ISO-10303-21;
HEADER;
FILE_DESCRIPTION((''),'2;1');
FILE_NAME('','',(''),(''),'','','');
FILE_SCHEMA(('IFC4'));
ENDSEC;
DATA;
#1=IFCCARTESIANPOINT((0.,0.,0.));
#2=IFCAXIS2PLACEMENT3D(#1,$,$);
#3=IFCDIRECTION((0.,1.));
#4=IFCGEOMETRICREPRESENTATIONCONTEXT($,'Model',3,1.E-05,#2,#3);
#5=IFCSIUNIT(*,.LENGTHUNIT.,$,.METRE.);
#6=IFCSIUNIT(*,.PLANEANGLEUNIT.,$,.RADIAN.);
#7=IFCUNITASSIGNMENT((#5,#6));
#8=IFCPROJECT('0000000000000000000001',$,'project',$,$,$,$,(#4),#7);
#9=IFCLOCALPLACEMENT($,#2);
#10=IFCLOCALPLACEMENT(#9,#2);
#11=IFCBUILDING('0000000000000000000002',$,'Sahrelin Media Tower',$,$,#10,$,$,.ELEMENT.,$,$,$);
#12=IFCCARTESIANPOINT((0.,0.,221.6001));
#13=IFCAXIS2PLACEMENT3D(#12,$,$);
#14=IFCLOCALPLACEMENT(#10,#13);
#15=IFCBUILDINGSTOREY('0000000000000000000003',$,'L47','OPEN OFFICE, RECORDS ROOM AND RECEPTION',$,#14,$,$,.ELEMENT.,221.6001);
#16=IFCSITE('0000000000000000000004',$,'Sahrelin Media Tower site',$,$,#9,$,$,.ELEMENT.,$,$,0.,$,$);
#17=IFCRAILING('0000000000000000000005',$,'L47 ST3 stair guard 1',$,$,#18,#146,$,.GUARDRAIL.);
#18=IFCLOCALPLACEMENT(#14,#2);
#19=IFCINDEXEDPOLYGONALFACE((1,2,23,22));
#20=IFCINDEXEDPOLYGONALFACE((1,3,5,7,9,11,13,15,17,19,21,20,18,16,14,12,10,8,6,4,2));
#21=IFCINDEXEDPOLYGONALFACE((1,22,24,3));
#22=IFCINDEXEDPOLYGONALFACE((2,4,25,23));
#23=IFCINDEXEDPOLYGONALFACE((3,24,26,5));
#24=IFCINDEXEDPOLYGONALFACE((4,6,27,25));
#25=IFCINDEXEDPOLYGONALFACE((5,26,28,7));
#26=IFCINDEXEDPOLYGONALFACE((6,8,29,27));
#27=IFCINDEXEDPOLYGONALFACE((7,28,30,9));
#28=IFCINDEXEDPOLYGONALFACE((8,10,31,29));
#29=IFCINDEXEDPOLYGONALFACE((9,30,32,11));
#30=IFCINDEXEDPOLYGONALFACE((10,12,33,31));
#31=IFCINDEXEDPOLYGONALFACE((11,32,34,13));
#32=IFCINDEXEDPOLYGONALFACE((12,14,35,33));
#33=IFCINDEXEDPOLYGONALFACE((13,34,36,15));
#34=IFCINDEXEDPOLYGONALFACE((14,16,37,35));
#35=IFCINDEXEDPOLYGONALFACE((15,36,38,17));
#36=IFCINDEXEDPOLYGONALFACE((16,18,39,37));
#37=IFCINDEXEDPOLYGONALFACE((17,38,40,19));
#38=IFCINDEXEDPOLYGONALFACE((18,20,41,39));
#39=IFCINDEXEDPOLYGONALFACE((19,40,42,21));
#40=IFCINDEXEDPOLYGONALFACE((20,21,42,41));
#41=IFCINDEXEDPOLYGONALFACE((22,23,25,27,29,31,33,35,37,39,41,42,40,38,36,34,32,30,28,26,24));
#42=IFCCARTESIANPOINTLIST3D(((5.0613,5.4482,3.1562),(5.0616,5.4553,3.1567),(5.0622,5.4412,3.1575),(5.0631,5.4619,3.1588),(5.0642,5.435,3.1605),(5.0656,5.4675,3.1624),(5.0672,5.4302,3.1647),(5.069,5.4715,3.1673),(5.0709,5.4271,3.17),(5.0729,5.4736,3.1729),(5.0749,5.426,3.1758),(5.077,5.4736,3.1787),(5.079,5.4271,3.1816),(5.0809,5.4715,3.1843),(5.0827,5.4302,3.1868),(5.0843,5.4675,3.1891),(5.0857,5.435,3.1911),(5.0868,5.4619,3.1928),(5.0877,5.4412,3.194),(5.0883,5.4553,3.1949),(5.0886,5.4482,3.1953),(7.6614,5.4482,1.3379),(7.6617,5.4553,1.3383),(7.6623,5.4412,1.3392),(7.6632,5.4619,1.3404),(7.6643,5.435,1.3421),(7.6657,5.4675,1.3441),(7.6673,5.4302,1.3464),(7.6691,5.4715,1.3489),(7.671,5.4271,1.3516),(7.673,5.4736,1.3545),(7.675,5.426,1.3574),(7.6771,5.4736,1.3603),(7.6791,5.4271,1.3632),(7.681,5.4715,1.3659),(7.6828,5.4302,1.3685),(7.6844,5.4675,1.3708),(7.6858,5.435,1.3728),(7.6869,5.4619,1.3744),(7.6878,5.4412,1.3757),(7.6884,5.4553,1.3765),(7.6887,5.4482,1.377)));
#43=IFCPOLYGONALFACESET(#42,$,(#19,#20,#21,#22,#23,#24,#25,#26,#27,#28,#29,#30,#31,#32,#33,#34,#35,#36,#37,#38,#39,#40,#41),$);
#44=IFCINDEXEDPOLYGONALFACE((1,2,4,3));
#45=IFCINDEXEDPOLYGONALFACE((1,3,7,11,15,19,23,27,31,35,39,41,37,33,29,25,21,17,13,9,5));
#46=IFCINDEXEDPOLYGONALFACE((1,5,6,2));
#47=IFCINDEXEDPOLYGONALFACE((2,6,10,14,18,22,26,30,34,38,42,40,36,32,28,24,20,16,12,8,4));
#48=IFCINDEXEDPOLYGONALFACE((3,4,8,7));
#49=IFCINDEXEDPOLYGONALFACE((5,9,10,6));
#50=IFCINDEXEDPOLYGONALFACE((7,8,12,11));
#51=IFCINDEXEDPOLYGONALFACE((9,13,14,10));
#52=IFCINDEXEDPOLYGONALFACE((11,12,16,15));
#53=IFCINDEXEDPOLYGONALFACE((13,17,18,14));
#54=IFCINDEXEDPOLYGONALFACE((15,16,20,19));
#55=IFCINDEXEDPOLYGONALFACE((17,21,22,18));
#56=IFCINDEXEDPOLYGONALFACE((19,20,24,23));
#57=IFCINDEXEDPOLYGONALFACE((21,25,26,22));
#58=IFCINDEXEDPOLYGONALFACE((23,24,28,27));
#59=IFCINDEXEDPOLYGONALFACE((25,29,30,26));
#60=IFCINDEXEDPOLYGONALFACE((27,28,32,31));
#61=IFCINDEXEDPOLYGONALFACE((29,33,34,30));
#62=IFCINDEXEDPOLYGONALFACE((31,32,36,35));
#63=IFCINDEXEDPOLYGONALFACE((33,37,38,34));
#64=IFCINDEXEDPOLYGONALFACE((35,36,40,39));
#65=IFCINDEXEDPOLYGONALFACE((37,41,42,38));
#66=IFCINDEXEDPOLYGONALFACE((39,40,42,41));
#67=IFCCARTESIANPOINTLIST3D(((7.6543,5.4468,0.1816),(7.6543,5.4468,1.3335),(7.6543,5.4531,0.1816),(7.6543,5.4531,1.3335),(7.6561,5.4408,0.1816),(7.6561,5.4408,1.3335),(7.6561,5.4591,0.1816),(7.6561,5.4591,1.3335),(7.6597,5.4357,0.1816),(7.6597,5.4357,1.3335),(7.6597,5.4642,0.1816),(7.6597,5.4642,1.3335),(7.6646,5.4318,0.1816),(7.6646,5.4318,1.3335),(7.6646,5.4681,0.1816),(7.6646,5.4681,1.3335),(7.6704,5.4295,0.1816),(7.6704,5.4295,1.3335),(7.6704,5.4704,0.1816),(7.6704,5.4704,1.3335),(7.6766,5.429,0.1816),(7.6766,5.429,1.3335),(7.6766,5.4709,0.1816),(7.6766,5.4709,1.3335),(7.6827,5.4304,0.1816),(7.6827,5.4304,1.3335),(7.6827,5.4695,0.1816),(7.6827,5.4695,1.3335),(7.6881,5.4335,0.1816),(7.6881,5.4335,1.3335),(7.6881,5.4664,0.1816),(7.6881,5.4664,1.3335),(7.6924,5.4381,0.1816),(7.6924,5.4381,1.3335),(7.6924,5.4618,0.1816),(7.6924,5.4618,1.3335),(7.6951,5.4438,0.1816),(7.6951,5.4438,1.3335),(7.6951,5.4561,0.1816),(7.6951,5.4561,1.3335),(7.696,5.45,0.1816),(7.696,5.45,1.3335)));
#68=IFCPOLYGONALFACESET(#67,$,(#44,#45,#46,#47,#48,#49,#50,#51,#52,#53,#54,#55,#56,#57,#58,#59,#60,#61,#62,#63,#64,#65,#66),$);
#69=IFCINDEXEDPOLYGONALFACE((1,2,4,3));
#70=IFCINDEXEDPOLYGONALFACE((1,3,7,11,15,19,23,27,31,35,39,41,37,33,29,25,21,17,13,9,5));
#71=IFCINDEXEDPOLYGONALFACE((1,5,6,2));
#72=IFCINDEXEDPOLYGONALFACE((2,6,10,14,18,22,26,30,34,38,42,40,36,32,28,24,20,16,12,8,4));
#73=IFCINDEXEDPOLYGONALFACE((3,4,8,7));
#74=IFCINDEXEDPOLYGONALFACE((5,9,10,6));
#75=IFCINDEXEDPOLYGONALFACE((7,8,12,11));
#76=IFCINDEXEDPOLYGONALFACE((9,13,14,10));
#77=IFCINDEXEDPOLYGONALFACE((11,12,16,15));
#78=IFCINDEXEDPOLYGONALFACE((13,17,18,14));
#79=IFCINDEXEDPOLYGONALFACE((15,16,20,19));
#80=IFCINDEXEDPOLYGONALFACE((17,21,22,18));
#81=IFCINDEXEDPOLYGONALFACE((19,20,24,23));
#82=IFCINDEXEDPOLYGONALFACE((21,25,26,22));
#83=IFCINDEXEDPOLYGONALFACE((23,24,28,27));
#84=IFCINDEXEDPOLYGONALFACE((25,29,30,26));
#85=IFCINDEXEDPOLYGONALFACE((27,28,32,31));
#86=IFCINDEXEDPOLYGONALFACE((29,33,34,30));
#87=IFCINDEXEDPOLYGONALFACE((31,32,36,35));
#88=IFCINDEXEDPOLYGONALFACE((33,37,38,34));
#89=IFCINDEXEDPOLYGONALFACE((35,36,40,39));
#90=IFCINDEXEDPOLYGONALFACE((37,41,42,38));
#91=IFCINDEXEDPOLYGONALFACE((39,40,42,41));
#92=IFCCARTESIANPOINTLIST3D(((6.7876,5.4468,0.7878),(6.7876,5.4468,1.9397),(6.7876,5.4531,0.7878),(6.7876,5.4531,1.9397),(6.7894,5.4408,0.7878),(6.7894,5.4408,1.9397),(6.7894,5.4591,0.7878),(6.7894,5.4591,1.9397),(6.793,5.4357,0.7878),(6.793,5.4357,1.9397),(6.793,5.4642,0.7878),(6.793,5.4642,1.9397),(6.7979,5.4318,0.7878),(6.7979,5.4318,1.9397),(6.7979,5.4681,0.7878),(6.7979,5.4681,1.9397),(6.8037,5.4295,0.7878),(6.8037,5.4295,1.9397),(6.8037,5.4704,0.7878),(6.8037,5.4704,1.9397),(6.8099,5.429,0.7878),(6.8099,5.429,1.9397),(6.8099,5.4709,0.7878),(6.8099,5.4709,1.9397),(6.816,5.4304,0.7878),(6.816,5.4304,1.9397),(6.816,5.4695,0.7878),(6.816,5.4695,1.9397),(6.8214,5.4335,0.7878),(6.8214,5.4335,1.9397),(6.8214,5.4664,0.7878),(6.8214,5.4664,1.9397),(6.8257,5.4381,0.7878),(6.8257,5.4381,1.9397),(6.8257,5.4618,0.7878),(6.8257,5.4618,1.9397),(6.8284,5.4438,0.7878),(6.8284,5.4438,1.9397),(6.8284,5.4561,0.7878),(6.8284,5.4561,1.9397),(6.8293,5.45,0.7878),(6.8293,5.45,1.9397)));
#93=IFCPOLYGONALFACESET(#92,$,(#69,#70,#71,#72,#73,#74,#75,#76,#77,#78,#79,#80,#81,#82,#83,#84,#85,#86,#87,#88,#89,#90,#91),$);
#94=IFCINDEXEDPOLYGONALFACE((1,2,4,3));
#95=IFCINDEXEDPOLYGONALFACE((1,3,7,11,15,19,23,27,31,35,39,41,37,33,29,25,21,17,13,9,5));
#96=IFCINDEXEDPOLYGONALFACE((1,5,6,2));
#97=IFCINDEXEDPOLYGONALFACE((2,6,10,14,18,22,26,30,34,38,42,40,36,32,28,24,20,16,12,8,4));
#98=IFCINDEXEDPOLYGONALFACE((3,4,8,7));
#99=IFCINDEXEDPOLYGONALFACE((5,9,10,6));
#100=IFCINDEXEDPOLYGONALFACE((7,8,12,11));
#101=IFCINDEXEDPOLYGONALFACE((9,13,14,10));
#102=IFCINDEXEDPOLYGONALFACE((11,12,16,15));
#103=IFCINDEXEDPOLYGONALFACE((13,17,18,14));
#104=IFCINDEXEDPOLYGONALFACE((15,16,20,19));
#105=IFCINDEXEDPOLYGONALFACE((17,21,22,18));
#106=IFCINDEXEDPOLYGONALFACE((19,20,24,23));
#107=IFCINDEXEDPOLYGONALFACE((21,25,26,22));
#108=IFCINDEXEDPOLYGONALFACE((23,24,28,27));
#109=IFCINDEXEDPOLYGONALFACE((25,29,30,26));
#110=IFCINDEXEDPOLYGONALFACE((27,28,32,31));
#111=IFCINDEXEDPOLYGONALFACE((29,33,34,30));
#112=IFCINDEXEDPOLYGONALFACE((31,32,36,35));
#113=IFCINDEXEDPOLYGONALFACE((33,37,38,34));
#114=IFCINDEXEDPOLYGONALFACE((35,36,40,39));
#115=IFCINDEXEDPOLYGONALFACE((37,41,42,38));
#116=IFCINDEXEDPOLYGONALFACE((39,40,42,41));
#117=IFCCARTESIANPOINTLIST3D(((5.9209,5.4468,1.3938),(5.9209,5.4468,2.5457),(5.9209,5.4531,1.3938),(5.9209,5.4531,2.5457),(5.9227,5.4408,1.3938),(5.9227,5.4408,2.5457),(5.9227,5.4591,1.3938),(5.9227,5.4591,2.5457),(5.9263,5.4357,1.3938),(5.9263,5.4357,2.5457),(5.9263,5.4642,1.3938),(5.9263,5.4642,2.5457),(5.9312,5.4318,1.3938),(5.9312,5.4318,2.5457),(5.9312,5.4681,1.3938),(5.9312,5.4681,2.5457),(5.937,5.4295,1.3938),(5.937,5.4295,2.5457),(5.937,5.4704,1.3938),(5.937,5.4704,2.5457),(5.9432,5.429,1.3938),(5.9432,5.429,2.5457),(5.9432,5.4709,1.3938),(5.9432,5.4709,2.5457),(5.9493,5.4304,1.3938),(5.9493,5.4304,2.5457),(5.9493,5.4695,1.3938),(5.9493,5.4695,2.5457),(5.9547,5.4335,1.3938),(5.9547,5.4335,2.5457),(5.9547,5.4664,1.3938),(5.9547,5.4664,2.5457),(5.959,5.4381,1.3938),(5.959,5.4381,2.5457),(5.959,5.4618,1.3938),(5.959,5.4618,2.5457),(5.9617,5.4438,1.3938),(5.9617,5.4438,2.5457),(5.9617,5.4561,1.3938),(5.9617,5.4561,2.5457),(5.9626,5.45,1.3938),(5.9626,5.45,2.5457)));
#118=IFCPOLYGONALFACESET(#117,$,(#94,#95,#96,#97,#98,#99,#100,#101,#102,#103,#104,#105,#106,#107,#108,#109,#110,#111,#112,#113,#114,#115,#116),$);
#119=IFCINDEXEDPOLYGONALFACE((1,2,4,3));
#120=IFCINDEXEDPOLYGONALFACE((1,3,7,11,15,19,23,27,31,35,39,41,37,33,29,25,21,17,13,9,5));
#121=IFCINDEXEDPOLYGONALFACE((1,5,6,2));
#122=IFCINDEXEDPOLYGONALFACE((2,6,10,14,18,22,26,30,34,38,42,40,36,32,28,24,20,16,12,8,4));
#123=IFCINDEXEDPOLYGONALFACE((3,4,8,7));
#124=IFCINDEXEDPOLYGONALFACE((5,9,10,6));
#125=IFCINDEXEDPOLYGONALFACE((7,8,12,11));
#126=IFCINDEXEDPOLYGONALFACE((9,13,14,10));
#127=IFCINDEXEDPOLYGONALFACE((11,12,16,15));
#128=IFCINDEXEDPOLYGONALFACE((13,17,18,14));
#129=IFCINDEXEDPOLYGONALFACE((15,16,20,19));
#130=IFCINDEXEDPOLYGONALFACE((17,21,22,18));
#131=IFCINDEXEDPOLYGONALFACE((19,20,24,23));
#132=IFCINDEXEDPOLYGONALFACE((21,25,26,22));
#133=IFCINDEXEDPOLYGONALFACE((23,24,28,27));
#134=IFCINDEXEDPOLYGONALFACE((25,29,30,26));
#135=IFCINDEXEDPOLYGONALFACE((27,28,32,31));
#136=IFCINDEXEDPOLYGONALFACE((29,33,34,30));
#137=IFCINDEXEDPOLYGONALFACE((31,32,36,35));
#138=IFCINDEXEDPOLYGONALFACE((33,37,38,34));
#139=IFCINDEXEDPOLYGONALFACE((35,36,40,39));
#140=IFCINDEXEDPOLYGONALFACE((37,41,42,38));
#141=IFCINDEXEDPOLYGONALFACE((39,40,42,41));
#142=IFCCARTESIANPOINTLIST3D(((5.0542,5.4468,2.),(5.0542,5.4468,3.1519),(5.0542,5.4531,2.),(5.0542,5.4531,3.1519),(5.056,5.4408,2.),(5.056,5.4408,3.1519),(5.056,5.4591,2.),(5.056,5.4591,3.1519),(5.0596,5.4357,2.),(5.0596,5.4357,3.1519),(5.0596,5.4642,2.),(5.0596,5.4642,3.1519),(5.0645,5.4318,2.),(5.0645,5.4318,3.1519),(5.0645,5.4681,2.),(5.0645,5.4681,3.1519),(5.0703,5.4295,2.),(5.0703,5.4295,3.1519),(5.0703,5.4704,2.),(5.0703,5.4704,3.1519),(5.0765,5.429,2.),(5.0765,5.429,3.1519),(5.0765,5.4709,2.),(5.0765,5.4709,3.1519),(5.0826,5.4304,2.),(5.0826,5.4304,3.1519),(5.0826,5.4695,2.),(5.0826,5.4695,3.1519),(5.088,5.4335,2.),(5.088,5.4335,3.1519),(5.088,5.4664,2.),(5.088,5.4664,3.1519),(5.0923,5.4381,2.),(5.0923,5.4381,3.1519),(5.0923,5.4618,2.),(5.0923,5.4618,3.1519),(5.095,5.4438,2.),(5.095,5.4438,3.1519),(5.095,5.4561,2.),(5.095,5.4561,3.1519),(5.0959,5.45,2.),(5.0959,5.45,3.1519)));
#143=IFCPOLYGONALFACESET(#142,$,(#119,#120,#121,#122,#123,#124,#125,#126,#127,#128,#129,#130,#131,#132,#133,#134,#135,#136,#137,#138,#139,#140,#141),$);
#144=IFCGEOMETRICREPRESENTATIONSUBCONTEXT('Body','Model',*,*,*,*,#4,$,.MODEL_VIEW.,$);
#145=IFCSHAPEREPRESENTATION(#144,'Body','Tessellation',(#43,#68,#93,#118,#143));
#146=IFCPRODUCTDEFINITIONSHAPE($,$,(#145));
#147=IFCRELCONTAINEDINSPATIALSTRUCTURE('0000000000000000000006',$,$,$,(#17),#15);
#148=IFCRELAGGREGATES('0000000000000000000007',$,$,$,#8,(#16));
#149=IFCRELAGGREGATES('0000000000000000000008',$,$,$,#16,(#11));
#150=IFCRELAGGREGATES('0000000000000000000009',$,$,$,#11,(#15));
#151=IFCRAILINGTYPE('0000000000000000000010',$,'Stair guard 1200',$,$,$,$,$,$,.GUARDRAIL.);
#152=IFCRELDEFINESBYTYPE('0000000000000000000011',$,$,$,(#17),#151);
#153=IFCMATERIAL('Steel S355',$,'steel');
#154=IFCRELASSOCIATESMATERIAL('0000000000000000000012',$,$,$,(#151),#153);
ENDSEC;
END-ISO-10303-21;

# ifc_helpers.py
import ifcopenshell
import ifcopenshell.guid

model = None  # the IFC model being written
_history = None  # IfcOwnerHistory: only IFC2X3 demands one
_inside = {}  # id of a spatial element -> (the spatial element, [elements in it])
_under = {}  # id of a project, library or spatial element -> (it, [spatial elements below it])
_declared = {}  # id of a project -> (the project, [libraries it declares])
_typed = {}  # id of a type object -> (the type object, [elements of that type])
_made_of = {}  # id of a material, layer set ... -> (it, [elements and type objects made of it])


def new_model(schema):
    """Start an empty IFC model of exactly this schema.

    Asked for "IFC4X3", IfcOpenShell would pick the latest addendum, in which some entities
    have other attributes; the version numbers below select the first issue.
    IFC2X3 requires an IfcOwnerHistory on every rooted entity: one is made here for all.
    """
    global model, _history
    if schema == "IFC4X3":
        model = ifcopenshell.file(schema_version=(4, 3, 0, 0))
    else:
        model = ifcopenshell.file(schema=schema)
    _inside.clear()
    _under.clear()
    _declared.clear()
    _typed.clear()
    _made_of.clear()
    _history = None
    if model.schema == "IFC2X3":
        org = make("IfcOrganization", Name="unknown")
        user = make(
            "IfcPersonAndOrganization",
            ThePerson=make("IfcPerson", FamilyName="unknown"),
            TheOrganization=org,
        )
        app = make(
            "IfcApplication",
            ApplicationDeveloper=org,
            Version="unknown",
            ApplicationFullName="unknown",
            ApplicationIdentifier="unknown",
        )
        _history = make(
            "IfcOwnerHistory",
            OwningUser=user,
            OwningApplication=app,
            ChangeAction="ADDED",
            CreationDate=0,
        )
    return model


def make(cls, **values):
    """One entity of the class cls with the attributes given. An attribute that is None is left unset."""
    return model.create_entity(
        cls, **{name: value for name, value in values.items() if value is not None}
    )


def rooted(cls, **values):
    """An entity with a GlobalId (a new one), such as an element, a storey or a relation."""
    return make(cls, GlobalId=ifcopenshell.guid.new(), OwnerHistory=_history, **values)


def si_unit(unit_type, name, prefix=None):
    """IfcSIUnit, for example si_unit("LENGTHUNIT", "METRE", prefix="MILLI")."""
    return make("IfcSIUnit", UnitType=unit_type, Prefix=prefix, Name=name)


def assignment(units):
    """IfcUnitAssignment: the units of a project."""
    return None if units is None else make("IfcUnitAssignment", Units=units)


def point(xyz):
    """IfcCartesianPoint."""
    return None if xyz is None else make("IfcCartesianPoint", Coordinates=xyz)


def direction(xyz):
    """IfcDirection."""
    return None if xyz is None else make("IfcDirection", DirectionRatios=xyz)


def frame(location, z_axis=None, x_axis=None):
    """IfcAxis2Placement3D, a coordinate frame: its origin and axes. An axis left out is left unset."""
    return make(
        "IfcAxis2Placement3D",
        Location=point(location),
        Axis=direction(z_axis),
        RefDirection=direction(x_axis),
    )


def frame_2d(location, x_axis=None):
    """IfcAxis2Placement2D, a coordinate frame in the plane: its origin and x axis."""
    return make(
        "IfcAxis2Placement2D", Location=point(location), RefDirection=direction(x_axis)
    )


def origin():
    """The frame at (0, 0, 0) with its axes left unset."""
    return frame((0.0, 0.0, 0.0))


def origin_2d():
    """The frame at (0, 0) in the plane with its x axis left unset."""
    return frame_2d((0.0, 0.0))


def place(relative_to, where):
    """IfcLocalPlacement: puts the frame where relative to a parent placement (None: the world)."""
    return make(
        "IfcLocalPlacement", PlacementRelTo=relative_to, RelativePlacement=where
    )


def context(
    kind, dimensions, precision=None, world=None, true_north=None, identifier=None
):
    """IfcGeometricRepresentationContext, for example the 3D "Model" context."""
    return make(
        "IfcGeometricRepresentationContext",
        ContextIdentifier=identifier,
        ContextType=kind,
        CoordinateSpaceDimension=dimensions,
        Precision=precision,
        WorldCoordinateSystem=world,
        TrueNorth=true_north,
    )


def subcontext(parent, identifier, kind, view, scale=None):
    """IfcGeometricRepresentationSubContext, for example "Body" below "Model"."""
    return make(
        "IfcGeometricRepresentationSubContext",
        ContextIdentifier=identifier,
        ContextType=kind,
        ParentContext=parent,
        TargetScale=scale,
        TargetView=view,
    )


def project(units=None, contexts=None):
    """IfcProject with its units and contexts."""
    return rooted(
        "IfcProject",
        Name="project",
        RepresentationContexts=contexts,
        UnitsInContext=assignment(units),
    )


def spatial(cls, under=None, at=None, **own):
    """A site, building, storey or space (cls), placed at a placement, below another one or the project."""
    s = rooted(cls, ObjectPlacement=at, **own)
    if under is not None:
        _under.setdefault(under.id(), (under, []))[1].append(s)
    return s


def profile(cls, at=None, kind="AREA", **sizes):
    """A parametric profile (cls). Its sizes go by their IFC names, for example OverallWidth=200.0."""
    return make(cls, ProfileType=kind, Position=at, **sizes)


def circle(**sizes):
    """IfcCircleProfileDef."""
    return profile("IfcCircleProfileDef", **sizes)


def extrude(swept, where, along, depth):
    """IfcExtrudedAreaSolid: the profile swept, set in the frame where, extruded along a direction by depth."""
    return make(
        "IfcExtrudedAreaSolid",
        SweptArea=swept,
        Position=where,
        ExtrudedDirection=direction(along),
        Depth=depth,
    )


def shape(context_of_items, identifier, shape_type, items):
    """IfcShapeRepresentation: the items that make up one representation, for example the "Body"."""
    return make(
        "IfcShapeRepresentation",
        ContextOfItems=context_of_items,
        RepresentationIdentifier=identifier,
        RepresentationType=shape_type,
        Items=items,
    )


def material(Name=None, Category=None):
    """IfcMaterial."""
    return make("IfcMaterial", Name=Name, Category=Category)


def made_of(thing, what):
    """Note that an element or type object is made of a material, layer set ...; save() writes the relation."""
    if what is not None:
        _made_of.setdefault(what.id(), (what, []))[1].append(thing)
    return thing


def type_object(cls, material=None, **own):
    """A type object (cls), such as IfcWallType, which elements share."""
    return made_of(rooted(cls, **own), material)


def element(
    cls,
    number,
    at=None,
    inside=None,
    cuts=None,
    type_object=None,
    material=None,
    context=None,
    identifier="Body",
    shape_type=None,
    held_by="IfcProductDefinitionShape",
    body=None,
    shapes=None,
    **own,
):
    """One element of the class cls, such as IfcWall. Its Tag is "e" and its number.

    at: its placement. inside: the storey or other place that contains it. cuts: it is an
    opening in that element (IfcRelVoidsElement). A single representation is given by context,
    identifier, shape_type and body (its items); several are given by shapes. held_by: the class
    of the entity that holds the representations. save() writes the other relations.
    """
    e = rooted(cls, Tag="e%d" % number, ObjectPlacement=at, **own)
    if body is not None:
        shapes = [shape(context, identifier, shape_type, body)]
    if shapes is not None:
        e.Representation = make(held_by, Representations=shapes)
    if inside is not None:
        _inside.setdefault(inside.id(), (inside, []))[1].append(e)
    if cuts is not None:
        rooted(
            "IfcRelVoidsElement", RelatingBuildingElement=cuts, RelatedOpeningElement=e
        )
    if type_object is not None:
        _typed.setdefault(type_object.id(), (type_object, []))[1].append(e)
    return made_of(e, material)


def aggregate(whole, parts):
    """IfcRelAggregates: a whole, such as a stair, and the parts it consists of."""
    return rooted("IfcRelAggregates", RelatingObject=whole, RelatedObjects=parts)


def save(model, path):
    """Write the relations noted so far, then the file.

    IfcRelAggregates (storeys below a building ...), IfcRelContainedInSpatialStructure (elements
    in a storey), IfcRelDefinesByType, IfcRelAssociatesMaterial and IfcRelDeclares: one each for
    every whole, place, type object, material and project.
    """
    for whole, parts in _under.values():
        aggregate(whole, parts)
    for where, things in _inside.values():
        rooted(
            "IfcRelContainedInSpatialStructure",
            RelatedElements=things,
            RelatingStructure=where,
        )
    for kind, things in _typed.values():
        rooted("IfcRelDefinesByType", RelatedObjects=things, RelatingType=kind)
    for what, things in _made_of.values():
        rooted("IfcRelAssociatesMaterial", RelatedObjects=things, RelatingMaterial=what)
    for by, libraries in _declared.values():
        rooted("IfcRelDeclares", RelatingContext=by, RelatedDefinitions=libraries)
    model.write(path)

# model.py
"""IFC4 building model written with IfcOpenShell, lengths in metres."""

from ifc_helpers import new_model, si_unit, direction, frame, origin, origin_2d, place, context, subcontext, project, spatial, circle, extrude, material, type_object, element, save


model = new_model("IFC4")

# Units and contexts
model_context = context("Model", 3, precision=1e-05, world=origin(), true_north=direction((0.0, 1.0)))
body_context = subcontext(model_context, "Body", "Model", "MODEL_VIEW")
ifc_project = project(units=[si_unit("LENGTHUNIT", "METRE"), si_unit("PLANEANGLEUNIT", "RADIAN")], contexts=[model_context])

# Site, building, storey
site_placement = place(None, origin())
site = spatial("IfcSite", under=ifc_project, at=site_placement, Name="Sahrelin Media Tower site", CompositionType="ELEMENT", RefElevation=0.0)
building_placement = place(site_placement, origin())
building = spatial("IfcBuilding", under=site, at=building_placement, Name="Sahrelin Media Tower", CompositionType="ELEMENT")
storey_placement = place(building_placement, frame((0.0, 0.0, 221.6001)))
storey = spatial("IfcBuildingStorey", under=building, at=storey_placement, Name="L47", Description="OPEN OFFICE, RECORDS ROOM AND RECEPTION", CompositionType="ELEMENT", Elevation=221.6001)

# Shared definitions
ifc_material_1 = material(Name="Steel S355", Category="steel")

# Railing
railing_type_1 = type_object("IfcRailingType", Name="Stair guard 1200", PredefinedType="GUARDRAIL", material=ifc_material_1)
railing_1_placement = place(storey_placement, frame((7.675, 5.45, 0.1816)))
element("IfcRailing", 1, at=railing_1_placement, inside=storey, type_object=railing_type_1, Name="L47 ST3 stair guard 1", PredefinedType="GUARDRAIL", context=body_context, shape_type="SweptSolid", body=[
    extrude(circle(Radius=0.0239, at=origin_2d()), frame((0.0, 0.0, 1.1758), z_axis=(-0.819485, 0.0, 0.573101), x_axis=(0.0, -1.0, 0.0)), (0.0, 0.0, 1.0), 3.1729),
    extrude(circle(Radius=0.021, at=origin_2d()), origin(), (0.0, 0.0, 1.0), 1.1519),
    extrude(circle(Radius=0.021, at=origin_2d()), frame((-0.8667, 0.0, 0.6062)), (0.0, 0.0, 1.0), 1.1519),
    extrude(circle(Radius=0.021, at=origin_2d()), frame((-1.7334, 0.0, 1.2122)), (0.0, 0.0, 1.0), 1.1519),
    extrude(circle(Radius=0.021, at=origin_2d()), frame((-2.6001, 0.0, 1.8184)), (0.0, 0.0, 1.0), 1.1519),
])

save(model, "model.ifc")
